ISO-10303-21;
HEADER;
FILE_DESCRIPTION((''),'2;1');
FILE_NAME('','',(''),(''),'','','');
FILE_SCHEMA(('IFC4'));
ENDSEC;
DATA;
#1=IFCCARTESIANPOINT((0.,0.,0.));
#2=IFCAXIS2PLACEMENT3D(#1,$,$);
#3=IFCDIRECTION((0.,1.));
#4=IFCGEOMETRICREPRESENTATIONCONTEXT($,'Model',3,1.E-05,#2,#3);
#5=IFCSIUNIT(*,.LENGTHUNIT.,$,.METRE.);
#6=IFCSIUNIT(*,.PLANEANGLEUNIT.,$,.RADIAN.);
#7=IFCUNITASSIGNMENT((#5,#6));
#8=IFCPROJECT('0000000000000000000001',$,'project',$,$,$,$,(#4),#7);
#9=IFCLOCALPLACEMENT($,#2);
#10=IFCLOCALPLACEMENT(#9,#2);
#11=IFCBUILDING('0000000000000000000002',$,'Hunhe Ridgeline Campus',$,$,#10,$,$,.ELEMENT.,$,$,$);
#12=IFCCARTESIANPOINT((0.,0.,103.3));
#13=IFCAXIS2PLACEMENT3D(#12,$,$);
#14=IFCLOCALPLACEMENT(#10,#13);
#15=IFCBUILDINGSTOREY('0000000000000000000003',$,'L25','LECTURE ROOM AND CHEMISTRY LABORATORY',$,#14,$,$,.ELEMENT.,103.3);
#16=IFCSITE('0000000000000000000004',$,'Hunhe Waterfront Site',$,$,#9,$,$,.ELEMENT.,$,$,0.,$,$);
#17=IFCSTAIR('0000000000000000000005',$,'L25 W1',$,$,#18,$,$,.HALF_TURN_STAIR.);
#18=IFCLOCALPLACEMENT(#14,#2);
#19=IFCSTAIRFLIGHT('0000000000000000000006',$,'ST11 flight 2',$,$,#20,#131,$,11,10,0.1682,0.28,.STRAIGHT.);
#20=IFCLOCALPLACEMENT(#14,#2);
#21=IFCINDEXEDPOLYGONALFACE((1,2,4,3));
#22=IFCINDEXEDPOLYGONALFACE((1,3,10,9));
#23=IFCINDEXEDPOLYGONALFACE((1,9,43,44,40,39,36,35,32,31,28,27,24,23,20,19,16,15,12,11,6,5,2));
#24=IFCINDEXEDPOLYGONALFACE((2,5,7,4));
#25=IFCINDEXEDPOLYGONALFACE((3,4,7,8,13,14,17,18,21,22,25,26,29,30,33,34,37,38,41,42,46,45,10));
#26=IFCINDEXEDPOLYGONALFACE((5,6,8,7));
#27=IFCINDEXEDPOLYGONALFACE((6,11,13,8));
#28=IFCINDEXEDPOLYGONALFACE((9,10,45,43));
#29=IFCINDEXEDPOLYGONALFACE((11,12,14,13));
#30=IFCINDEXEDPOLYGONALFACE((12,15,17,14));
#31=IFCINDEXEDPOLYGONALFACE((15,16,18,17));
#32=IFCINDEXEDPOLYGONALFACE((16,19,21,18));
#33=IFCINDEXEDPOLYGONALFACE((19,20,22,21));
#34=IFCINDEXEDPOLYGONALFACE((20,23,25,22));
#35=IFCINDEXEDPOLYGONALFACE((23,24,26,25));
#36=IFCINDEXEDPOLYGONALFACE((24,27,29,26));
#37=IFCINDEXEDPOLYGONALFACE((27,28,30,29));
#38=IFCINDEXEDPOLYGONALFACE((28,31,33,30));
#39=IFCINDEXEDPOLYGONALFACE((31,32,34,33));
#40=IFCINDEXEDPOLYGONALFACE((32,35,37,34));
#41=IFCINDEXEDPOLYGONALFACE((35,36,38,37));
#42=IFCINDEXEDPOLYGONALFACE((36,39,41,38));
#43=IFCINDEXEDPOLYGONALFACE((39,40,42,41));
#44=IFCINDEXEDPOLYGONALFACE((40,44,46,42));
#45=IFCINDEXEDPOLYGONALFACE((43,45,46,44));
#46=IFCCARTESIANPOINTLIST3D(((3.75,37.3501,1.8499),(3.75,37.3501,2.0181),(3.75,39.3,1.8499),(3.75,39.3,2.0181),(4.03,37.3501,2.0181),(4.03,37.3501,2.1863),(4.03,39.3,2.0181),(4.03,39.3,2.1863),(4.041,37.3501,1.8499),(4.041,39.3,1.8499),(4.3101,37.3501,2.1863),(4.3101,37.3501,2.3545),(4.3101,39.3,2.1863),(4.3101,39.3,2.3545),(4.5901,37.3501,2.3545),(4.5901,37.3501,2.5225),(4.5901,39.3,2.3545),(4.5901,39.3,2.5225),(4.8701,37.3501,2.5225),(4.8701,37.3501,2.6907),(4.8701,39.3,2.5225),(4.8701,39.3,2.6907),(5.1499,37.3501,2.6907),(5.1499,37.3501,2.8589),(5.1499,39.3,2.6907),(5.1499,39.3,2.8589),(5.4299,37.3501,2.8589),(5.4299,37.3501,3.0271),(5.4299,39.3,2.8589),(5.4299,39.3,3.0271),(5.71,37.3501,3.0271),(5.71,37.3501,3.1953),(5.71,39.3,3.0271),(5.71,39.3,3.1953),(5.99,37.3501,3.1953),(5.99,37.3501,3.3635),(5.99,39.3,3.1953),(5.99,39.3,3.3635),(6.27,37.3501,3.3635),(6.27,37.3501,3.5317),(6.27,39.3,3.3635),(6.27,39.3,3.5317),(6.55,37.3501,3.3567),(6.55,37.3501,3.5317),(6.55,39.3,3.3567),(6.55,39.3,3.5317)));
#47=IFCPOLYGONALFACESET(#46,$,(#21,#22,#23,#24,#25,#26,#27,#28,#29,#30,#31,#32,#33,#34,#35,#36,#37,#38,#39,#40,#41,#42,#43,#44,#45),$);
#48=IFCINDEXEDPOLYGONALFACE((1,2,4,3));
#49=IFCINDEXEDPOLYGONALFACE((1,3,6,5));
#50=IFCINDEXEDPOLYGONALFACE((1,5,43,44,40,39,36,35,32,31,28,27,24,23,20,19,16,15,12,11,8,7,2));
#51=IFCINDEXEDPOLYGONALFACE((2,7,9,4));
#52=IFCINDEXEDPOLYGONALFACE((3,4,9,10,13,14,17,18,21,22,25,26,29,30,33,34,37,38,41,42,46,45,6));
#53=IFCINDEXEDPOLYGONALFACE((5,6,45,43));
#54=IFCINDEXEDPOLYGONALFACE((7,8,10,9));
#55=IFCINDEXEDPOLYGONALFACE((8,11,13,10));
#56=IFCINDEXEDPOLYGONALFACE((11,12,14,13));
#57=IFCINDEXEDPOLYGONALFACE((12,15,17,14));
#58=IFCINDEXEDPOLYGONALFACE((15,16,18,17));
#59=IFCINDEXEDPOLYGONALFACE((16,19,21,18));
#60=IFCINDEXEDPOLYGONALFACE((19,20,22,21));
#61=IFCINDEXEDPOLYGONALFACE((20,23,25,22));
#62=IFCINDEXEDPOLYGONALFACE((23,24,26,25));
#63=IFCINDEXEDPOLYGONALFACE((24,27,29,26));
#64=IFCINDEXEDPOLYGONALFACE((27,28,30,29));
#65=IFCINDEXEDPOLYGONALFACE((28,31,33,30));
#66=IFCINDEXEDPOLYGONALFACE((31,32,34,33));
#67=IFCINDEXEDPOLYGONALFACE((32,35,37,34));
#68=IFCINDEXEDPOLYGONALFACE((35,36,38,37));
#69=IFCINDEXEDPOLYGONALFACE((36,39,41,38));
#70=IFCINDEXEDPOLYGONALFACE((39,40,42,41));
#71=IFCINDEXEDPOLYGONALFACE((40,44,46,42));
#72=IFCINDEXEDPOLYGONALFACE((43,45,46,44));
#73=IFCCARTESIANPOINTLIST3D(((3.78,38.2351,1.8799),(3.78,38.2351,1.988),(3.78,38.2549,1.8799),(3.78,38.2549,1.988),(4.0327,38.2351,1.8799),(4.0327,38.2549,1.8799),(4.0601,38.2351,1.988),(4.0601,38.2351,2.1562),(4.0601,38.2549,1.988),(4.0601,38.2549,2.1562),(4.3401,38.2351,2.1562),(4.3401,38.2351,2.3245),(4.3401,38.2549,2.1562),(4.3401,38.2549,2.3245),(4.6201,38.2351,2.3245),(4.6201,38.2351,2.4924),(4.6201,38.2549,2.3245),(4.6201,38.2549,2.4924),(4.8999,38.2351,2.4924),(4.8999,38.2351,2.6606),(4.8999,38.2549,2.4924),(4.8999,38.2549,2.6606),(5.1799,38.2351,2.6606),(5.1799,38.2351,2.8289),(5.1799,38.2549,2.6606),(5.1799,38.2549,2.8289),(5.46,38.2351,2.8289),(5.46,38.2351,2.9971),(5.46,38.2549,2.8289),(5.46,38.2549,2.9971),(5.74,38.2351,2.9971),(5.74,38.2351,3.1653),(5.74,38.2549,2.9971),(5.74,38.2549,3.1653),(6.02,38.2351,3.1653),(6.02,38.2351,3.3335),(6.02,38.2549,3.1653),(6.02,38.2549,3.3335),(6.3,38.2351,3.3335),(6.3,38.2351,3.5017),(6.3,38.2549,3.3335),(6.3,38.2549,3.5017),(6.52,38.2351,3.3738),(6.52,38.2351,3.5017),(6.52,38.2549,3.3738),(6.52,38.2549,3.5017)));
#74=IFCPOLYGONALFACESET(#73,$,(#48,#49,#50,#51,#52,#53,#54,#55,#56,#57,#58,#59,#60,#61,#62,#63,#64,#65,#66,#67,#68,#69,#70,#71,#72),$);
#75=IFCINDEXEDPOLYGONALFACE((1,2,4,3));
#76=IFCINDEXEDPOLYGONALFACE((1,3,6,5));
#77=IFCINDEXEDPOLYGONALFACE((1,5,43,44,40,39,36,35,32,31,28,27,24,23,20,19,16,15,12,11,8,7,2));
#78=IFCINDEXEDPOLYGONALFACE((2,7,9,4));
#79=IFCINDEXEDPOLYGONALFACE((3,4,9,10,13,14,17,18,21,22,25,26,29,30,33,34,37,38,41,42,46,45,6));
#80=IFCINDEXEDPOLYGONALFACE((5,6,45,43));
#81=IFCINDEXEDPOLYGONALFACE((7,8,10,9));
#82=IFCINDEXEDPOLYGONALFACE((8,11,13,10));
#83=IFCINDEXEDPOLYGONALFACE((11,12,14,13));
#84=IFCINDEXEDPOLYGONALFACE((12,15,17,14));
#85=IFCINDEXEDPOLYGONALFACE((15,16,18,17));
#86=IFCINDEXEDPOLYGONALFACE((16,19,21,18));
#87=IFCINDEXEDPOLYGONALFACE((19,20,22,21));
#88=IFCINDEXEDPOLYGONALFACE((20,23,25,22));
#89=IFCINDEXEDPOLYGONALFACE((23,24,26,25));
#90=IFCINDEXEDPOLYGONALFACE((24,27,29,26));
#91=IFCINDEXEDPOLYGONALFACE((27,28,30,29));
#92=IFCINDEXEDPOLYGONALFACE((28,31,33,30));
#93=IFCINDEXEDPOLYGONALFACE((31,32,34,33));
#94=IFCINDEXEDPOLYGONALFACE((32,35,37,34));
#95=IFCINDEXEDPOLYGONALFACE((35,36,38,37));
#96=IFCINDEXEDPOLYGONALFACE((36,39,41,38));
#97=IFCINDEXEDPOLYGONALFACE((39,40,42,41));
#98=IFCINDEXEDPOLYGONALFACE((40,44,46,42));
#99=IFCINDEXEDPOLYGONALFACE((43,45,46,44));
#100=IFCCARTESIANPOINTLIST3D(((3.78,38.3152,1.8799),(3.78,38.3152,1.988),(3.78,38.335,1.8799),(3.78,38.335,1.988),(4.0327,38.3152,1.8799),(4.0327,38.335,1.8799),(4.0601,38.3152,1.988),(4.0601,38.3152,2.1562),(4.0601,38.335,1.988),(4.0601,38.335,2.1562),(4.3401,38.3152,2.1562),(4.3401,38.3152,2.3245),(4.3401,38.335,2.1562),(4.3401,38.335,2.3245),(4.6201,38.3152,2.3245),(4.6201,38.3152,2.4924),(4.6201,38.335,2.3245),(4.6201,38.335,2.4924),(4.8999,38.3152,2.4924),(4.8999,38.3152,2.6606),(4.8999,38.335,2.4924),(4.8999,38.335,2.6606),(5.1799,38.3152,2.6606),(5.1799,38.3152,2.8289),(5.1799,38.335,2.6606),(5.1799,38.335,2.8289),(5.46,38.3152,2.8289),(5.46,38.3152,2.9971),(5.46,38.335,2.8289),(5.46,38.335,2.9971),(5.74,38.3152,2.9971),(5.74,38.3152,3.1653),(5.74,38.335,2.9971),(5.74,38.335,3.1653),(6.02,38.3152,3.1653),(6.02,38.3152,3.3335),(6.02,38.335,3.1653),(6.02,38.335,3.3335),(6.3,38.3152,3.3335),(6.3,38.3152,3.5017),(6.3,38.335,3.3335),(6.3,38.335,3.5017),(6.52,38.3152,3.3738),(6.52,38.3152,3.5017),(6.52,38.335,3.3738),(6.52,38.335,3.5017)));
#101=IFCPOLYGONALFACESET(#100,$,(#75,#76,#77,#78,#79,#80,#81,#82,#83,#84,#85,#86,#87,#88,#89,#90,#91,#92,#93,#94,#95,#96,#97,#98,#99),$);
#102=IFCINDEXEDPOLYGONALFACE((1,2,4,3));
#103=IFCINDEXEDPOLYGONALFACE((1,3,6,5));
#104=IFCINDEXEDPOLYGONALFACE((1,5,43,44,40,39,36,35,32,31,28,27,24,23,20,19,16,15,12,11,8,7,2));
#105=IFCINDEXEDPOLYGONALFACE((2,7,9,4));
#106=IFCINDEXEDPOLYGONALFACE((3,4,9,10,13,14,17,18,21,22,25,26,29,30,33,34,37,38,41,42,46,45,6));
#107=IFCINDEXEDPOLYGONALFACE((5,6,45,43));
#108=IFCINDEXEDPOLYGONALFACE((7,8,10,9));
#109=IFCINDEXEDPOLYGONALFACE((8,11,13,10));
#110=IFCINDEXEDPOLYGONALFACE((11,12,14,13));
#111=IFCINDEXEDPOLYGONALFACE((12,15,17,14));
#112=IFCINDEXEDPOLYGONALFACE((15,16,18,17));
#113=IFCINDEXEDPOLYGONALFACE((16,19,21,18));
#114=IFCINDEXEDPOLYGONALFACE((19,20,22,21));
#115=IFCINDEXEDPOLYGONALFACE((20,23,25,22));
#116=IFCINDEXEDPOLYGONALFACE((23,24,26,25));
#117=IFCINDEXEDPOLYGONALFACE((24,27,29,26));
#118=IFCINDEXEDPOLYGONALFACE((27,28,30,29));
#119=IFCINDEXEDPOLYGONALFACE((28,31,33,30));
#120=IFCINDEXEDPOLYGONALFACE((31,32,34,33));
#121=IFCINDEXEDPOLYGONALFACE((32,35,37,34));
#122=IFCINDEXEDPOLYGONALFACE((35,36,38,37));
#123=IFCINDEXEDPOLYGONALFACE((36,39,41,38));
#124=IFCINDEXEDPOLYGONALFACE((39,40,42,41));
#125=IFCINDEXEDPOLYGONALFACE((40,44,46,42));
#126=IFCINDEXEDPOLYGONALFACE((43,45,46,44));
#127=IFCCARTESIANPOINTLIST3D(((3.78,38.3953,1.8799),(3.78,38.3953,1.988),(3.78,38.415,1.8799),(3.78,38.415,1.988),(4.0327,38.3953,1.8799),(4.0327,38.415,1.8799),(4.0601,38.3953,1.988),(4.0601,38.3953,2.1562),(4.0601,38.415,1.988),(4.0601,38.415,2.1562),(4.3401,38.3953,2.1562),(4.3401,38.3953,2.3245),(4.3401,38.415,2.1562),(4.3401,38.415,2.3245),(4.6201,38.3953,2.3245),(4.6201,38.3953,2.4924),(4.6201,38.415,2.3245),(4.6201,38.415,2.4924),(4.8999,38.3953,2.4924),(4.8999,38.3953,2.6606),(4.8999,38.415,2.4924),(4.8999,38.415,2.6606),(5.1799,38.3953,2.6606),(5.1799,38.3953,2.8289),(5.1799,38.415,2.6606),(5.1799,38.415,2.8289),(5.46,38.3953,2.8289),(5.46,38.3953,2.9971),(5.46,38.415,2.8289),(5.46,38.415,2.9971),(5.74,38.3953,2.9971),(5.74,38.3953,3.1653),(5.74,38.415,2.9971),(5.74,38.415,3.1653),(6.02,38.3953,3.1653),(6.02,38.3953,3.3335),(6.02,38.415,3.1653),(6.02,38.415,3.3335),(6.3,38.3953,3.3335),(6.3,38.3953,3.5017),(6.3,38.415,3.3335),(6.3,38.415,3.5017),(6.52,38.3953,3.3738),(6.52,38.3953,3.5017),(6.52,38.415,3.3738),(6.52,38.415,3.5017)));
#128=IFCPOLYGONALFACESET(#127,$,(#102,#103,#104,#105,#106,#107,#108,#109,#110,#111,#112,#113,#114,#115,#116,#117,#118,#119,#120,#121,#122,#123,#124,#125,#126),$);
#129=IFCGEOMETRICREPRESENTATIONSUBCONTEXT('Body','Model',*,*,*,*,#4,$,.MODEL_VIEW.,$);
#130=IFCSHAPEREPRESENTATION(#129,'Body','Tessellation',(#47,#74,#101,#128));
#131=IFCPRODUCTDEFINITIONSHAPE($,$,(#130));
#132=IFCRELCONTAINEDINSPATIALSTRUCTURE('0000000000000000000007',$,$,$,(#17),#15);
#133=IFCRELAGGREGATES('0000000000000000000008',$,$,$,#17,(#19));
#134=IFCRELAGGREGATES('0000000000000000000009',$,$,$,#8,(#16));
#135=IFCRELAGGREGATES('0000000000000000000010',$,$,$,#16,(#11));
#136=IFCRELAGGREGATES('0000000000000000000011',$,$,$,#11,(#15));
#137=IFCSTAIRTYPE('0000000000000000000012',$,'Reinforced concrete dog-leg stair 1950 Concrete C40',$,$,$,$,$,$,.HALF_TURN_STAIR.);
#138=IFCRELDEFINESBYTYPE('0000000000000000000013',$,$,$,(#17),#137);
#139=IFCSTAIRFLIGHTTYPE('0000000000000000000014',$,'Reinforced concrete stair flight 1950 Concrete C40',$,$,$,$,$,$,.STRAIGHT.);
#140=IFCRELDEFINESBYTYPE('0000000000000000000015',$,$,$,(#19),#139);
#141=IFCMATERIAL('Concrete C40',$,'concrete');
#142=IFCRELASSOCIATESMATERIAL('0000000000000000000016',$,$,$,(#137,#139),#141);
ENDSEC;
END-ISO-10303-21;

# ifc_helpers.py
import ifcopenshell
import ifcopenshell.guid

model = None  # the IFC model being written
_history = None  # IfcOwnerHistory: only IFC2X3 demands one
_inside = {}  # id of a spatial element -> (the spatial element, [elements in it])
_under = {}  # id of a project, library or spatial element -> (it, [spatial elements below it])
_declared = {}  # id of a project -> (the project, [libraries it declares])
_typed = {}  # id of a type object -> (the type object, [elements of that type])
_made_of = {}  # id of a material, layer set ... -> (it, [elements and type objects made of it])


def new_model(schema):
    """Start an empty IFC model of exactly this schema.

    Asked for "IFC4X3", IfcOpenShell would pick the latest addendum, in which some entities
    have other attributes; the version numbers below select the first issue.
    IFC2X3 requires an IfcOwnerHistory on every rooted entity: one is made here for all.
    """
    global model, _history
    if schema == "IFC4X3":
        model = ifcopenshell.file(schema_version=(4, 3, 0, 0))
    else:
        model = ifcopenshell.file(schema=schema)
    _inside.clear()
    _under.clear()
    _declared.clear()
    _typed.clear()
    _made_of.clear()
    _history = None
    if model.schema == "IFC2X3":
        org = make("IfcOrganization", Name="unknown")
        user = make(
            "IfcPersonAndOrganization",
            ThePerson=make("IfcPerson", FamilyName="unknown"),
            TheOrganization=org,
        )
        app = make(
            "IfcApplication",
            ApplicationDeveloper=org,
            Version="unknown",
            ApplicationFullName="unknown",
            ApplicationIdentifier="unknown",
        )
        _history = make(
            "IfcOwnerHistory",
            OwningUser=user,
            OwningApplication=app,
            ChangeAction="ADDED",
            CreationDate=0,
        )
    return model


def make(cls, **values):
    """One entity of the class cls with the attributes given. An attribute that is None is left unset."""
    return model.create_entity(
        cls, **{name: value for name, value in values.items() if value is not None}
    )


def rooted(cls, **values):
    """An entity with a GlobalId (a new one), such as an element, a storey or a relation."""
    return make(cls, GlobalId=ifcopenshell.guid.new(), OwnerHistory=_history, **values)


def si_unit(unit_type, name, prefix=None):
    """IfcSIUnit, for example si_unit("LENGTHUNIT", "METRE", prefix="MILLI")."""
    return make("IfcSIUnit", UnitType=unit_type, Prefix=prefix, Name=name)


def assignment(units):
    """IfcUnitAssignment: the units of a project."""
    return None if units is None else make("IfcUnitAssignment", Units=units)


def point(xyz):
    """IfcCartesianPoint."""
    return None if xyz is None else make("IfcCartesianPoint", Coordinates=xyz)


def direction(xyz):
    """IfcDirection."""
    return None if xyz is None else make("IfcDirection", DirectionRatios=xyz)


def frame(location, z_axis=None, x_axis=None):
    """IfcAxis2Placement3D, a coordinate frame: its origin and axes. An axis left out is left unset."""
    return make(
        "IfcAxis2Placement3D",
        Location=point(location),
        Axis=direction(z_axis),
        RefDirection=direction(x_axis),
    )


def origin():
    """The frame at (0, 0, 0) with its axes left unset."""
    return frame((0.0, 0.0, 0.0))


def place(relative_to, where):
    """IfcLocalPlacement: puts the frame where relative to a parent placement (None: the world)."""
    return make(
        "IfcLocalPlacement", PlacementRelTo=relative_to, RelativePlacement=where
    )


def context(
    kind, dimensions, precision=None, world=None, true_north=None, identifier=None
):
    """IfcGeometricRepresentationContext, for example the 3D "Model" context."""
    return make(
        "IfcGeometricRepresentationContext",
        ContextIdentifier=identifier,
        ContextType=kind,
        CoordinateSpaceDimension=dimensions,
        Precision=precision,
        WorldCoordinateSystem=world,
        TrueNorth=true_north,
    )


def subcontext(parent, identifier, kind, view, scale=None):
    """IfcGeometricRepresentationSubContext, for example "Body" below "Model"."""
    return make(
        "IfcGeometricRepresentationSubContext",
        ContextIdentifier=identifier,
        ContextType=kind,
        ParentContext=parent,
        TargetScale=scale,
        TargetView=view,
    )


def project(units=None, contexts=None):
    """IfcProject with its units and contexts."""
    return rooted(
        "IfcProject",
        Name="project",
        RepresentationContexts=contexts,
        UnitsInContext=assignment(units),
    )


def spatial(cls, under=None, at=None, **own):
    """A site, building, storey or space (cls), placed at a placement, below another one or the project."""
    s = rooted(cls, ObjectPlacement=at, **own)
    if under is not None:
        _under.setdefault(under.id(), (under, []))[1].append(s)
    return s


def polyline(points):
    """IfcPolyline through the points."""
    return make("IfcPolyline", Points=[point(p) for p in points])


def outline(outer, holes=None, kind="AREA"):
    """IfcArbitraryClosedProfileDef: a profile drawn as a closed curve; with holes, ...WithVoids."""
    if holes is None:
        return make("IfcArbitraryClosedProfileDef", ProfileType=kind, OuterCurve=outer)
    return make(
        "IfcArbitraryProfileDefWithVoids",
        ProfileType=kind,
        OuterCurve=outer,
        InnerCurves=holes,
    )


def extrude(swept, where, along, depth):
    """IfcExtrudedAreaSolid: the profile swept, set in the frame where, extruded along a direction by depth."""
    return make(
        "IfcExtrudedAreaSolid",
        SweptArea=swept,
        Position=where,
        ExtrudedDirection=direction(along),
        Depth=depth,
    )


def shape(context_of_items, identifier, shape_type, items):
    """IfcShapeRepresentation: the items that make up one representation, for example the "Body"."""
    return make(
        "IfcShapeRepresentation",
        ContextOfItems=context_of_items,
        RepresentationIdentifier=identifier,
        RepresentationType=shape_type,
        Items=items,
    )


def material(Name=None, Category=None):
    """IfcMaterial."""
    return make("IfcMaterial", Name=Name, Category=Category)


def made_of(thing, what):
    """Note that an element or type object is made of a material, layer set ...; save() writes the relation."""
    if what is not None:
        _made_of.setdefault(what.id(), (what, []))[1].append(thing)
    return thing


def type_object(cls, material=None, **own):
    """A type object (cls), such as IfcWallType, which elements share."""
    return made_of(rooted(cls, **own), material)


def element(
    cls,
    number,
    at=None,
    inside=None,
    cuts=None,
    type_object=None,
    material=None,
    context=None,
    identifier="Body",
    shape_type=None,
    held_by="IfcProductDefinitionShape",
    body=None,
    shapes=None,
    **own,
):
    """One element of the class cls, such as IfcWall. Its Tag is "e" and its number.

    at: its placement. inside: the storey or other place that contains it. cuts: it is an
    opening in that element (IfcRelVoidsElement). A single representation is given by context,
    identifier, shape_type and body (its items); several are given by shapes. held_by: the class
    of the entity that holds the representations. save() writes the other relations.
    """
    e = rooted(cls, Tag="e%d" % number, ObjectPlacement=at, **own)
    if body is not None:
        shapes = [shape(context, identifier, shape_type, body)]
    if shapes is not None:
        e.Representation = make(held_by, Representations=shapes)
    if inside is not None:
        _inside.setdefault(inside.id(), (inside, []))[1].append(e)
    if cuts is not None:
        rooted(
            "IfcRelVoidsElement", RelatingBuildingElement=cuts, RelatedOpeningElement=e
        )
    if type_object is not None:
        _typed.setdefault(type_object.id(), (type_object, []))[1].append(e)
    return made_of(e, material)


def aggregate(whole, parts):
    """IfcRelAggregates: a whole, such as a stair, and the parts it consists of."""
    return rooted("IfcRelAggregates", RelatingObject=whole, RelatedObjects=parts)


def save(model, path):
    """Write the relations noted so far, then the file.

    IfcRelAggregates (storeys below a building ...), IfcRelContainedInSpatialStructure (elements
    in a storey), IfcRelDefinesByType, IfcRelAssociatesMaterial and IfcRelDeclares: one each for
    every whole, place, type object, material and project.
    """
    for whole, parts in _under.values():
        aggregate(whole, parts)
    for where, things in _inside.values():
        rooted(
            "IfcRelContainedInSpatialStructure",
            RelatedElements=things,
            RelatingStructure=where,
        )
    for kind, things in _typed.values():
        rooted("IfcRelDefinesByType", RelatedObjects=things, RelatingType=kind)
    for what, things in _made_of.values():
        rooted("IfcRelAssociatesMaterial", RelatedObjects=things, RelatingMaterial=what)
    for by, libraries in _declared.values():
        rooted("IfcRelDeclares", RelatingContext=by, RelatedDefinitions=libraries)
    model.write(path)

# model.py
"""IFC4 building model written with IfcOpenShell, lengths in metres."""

from ifc_helpers import new_model, si_unit, direction, frame, origin, place, context, subcontext, project, spatial, polyline, outline, extrude, material, type_object, element, aggregate, save


model = new_model("IFC4")

# Units and contexts
model_context = context("Model", 3, precision=1e-05, world=origin(), true_north=direction((0.0, 1.0)))
body_context = subcontext(model_context, "Body", "Model", "MODEL_VIEW")
ifc_project = project(units=[si_unit("LENGTHUNIT", "METRE"), si_unit("PLANEANGLEUNIT", "RADIAN")], contexts=[model_context])

# Site, building, storey
site_placement = place(None, origin())
site = spatial("IfcSite", under=ifc_project, at=site_placement, Name="Hunhe Waterfront Site", CompositionType="ELEMENT", RefElevation=0.0)
building_placement = place(site_placement, origin())
building = spatial("IfcBuilding", under=site, at=building_placement, Name="Hunhe Ridgeline Campus", CompositionType="ELEMENT")
storey_placement = place(building_placement, frame((0.0, 0.0, 103.3)))
storey = spatial("IfcBuildingStorey", under=building, at=storey_placement, Name="L25", Description="LECTURE ROOM AND CHEMISTRY LABORATORY", CompositionType="ELEMENT", Elevation=103.3)

# Shared definitions
ifc_material_1 = material(Name="Concrete C40", Category="concrete")
stair_type = type_object("IfcStairType", Name="Reinforced concrete dog-leg stair 1950 Concrete C40", PredefinedType="HALF_TURN_STAIR", material=ifc_material_1)
stair_flight_type = type_object("IfcStairFlightType", Name="Reinforced concrete stair flight 1950 Concrete C40", PredefinedType="STRAIGHT", material=ifc_material_1)

# Stair, stair flight
stair_1_placement = place(storey_placement, origin())
stair_1 = element("IfcStair", 1, at=stair_1_placement, inside=storey, type_object=stair_type, Name="L25 W1", PredefinedType="HALF_TURN_STAIR")
stair_flight_1_placement = place(storey_placement, frame((3.75, 38.325, 1.8499), z_axis=(0.0, 0.0, 1.0), x_axis=(1.0, 0.0, 0.0)))
stair_flight_1 = element("IfcStairFlight", 2, at=stair_flight_1_placement, type_object=stair_flight_type, Name="ST11 flight 2", NumberOfRisers=11, NumberOfTreads=10, PredefinedType="STRAIGHT", RiserHeight=0.1682, TreadLength=0.28, context=body_context, shape_type="SweptSolid", body=[
    extrude(outline(polyline([(0.0, 0.0), (0.0, 0.1682), (0.28, 0.1682), (0.28, 0.3364), (0.5601, 0.3364), (0.5601, 0.5046), (0.8401, 0.5046), (0.8401, 0.6726), (1.1201, 0.6726), (1.1201, 0.8408), (1.3999, 0.8408), (1.3999, 1.009), (1.6799, 1.009), (1.6799, 1.1772), (1.96, 1.1772), (1.96, 1.3455), (2.24, 1.3455), (2.24, 1.5137), (2.52, 1.5137), (2.52, 1.6819), (2.8, 1.6819), (2.8, 1.8501), (2.8, 1.5068), (0.291, 0.0), (0.0, 0.0)])), frame((0.0, 0.9751, 0.0), z_axis=(0.0, -1.0, 0.0), x_axis=(1.0, 0.0, 0.0)), (0.0, 0.0, 1.0), 1.95),
    extrude(outline(polyline([(0.03, 0.03), (0.03, 0.1382), (0.3101, 0.1382), (0.3101, 0.3064), (0.5901, 0.3064), (0.5901, 0.4746), (0.8701, 0.4746), (0.8701, 0.6426), (1.1499, 0.6426), (1.1499, 0.8108), (1.4299, 0.8108), (1.4299, 0.979), (1.71, 0.979), (1.71, 1.1472), (1.99, 1.1472), (1.99, 1.3154), (2.27, 1.3154), (2.27, 1.4836), (2.55, 1.4836), (2.55, 1.6519), (2.77, 1.6519), (2.77, 1.5239), (0.2827, 0.03), (0.03, 0.03)])), frame((0.0, -0.0701, 0.0), z_axis=(0.0, -1.0, 0.0), x_axis=(1.0, 0.0, 0.0)), (0.0, 0.0, 1.0), 0.0198),
    extrude(outline(polyline([(0.03, 0.03), (0.03, 0.1382), (0.3101, 0.1382), (0.3101, 0.3064), (0.5901, 0.3064), (0.5901, 0.4746), (0.8701, 0.4746), (0.8701, 0.6426), (1.1499, 0.6426), (1.1499, 0.8108), (1.4299, 0.8108), (1.4299, 0.979), (1.71, 0.979), (1.71, 1.1472), (1.99, 1.1472), (1.99, 1.3154), (2.27, 1.3154), (2.27, 1.4836), (2.55, 1.4836), (2.55, 1.6519), (2.77, 1.6519), (2.77, 1.5239), (0.2827, 0.03), (0.03, 0.03)])), frame((0.0, 0.01, 0.0), z_axis=(0.0, -1.0, 0.0), x_axis=(1.0, 0.0, 0.0)), (0.0, 0.0, 1.0), 0.0198),
    extrude(outline(polyline([(0.03, 0.03), (0.03, 0.1382), (0.3101, 0.1382), (0.3101, 0.3064), (0.5901, 0.3064), (0.5901, 0.4746), (0.8701, 0.4746), (0.8701, 0.6426), (1.1499, 0.6426), (1.1499, 0.8108), (1.4299, 0.8108), (1.4299, 0.979), (1.71, 0.979), (1.71, 1.1472), (1.99, 1.1472), (1.99, 1.3154), (2.27, 1.3154), (2.27, 1.4836), (2.55, 1.4836), (2.55, 1.6519), (2.77, 1.6519), (2.77, 1.5239), (0.2827, 0.03), (0.03, 0.03)])), frame((0.0, 0.0901, 0.0), z_axis=(0.0, -1.0, 0.0), x_axis=(1.0, 0.0, 0.0)), (0.0, 0.0, 1.0), 0.0198),
])
aggregate(stair_1, [stair_flight_1])

save(model, "model.ifc")
